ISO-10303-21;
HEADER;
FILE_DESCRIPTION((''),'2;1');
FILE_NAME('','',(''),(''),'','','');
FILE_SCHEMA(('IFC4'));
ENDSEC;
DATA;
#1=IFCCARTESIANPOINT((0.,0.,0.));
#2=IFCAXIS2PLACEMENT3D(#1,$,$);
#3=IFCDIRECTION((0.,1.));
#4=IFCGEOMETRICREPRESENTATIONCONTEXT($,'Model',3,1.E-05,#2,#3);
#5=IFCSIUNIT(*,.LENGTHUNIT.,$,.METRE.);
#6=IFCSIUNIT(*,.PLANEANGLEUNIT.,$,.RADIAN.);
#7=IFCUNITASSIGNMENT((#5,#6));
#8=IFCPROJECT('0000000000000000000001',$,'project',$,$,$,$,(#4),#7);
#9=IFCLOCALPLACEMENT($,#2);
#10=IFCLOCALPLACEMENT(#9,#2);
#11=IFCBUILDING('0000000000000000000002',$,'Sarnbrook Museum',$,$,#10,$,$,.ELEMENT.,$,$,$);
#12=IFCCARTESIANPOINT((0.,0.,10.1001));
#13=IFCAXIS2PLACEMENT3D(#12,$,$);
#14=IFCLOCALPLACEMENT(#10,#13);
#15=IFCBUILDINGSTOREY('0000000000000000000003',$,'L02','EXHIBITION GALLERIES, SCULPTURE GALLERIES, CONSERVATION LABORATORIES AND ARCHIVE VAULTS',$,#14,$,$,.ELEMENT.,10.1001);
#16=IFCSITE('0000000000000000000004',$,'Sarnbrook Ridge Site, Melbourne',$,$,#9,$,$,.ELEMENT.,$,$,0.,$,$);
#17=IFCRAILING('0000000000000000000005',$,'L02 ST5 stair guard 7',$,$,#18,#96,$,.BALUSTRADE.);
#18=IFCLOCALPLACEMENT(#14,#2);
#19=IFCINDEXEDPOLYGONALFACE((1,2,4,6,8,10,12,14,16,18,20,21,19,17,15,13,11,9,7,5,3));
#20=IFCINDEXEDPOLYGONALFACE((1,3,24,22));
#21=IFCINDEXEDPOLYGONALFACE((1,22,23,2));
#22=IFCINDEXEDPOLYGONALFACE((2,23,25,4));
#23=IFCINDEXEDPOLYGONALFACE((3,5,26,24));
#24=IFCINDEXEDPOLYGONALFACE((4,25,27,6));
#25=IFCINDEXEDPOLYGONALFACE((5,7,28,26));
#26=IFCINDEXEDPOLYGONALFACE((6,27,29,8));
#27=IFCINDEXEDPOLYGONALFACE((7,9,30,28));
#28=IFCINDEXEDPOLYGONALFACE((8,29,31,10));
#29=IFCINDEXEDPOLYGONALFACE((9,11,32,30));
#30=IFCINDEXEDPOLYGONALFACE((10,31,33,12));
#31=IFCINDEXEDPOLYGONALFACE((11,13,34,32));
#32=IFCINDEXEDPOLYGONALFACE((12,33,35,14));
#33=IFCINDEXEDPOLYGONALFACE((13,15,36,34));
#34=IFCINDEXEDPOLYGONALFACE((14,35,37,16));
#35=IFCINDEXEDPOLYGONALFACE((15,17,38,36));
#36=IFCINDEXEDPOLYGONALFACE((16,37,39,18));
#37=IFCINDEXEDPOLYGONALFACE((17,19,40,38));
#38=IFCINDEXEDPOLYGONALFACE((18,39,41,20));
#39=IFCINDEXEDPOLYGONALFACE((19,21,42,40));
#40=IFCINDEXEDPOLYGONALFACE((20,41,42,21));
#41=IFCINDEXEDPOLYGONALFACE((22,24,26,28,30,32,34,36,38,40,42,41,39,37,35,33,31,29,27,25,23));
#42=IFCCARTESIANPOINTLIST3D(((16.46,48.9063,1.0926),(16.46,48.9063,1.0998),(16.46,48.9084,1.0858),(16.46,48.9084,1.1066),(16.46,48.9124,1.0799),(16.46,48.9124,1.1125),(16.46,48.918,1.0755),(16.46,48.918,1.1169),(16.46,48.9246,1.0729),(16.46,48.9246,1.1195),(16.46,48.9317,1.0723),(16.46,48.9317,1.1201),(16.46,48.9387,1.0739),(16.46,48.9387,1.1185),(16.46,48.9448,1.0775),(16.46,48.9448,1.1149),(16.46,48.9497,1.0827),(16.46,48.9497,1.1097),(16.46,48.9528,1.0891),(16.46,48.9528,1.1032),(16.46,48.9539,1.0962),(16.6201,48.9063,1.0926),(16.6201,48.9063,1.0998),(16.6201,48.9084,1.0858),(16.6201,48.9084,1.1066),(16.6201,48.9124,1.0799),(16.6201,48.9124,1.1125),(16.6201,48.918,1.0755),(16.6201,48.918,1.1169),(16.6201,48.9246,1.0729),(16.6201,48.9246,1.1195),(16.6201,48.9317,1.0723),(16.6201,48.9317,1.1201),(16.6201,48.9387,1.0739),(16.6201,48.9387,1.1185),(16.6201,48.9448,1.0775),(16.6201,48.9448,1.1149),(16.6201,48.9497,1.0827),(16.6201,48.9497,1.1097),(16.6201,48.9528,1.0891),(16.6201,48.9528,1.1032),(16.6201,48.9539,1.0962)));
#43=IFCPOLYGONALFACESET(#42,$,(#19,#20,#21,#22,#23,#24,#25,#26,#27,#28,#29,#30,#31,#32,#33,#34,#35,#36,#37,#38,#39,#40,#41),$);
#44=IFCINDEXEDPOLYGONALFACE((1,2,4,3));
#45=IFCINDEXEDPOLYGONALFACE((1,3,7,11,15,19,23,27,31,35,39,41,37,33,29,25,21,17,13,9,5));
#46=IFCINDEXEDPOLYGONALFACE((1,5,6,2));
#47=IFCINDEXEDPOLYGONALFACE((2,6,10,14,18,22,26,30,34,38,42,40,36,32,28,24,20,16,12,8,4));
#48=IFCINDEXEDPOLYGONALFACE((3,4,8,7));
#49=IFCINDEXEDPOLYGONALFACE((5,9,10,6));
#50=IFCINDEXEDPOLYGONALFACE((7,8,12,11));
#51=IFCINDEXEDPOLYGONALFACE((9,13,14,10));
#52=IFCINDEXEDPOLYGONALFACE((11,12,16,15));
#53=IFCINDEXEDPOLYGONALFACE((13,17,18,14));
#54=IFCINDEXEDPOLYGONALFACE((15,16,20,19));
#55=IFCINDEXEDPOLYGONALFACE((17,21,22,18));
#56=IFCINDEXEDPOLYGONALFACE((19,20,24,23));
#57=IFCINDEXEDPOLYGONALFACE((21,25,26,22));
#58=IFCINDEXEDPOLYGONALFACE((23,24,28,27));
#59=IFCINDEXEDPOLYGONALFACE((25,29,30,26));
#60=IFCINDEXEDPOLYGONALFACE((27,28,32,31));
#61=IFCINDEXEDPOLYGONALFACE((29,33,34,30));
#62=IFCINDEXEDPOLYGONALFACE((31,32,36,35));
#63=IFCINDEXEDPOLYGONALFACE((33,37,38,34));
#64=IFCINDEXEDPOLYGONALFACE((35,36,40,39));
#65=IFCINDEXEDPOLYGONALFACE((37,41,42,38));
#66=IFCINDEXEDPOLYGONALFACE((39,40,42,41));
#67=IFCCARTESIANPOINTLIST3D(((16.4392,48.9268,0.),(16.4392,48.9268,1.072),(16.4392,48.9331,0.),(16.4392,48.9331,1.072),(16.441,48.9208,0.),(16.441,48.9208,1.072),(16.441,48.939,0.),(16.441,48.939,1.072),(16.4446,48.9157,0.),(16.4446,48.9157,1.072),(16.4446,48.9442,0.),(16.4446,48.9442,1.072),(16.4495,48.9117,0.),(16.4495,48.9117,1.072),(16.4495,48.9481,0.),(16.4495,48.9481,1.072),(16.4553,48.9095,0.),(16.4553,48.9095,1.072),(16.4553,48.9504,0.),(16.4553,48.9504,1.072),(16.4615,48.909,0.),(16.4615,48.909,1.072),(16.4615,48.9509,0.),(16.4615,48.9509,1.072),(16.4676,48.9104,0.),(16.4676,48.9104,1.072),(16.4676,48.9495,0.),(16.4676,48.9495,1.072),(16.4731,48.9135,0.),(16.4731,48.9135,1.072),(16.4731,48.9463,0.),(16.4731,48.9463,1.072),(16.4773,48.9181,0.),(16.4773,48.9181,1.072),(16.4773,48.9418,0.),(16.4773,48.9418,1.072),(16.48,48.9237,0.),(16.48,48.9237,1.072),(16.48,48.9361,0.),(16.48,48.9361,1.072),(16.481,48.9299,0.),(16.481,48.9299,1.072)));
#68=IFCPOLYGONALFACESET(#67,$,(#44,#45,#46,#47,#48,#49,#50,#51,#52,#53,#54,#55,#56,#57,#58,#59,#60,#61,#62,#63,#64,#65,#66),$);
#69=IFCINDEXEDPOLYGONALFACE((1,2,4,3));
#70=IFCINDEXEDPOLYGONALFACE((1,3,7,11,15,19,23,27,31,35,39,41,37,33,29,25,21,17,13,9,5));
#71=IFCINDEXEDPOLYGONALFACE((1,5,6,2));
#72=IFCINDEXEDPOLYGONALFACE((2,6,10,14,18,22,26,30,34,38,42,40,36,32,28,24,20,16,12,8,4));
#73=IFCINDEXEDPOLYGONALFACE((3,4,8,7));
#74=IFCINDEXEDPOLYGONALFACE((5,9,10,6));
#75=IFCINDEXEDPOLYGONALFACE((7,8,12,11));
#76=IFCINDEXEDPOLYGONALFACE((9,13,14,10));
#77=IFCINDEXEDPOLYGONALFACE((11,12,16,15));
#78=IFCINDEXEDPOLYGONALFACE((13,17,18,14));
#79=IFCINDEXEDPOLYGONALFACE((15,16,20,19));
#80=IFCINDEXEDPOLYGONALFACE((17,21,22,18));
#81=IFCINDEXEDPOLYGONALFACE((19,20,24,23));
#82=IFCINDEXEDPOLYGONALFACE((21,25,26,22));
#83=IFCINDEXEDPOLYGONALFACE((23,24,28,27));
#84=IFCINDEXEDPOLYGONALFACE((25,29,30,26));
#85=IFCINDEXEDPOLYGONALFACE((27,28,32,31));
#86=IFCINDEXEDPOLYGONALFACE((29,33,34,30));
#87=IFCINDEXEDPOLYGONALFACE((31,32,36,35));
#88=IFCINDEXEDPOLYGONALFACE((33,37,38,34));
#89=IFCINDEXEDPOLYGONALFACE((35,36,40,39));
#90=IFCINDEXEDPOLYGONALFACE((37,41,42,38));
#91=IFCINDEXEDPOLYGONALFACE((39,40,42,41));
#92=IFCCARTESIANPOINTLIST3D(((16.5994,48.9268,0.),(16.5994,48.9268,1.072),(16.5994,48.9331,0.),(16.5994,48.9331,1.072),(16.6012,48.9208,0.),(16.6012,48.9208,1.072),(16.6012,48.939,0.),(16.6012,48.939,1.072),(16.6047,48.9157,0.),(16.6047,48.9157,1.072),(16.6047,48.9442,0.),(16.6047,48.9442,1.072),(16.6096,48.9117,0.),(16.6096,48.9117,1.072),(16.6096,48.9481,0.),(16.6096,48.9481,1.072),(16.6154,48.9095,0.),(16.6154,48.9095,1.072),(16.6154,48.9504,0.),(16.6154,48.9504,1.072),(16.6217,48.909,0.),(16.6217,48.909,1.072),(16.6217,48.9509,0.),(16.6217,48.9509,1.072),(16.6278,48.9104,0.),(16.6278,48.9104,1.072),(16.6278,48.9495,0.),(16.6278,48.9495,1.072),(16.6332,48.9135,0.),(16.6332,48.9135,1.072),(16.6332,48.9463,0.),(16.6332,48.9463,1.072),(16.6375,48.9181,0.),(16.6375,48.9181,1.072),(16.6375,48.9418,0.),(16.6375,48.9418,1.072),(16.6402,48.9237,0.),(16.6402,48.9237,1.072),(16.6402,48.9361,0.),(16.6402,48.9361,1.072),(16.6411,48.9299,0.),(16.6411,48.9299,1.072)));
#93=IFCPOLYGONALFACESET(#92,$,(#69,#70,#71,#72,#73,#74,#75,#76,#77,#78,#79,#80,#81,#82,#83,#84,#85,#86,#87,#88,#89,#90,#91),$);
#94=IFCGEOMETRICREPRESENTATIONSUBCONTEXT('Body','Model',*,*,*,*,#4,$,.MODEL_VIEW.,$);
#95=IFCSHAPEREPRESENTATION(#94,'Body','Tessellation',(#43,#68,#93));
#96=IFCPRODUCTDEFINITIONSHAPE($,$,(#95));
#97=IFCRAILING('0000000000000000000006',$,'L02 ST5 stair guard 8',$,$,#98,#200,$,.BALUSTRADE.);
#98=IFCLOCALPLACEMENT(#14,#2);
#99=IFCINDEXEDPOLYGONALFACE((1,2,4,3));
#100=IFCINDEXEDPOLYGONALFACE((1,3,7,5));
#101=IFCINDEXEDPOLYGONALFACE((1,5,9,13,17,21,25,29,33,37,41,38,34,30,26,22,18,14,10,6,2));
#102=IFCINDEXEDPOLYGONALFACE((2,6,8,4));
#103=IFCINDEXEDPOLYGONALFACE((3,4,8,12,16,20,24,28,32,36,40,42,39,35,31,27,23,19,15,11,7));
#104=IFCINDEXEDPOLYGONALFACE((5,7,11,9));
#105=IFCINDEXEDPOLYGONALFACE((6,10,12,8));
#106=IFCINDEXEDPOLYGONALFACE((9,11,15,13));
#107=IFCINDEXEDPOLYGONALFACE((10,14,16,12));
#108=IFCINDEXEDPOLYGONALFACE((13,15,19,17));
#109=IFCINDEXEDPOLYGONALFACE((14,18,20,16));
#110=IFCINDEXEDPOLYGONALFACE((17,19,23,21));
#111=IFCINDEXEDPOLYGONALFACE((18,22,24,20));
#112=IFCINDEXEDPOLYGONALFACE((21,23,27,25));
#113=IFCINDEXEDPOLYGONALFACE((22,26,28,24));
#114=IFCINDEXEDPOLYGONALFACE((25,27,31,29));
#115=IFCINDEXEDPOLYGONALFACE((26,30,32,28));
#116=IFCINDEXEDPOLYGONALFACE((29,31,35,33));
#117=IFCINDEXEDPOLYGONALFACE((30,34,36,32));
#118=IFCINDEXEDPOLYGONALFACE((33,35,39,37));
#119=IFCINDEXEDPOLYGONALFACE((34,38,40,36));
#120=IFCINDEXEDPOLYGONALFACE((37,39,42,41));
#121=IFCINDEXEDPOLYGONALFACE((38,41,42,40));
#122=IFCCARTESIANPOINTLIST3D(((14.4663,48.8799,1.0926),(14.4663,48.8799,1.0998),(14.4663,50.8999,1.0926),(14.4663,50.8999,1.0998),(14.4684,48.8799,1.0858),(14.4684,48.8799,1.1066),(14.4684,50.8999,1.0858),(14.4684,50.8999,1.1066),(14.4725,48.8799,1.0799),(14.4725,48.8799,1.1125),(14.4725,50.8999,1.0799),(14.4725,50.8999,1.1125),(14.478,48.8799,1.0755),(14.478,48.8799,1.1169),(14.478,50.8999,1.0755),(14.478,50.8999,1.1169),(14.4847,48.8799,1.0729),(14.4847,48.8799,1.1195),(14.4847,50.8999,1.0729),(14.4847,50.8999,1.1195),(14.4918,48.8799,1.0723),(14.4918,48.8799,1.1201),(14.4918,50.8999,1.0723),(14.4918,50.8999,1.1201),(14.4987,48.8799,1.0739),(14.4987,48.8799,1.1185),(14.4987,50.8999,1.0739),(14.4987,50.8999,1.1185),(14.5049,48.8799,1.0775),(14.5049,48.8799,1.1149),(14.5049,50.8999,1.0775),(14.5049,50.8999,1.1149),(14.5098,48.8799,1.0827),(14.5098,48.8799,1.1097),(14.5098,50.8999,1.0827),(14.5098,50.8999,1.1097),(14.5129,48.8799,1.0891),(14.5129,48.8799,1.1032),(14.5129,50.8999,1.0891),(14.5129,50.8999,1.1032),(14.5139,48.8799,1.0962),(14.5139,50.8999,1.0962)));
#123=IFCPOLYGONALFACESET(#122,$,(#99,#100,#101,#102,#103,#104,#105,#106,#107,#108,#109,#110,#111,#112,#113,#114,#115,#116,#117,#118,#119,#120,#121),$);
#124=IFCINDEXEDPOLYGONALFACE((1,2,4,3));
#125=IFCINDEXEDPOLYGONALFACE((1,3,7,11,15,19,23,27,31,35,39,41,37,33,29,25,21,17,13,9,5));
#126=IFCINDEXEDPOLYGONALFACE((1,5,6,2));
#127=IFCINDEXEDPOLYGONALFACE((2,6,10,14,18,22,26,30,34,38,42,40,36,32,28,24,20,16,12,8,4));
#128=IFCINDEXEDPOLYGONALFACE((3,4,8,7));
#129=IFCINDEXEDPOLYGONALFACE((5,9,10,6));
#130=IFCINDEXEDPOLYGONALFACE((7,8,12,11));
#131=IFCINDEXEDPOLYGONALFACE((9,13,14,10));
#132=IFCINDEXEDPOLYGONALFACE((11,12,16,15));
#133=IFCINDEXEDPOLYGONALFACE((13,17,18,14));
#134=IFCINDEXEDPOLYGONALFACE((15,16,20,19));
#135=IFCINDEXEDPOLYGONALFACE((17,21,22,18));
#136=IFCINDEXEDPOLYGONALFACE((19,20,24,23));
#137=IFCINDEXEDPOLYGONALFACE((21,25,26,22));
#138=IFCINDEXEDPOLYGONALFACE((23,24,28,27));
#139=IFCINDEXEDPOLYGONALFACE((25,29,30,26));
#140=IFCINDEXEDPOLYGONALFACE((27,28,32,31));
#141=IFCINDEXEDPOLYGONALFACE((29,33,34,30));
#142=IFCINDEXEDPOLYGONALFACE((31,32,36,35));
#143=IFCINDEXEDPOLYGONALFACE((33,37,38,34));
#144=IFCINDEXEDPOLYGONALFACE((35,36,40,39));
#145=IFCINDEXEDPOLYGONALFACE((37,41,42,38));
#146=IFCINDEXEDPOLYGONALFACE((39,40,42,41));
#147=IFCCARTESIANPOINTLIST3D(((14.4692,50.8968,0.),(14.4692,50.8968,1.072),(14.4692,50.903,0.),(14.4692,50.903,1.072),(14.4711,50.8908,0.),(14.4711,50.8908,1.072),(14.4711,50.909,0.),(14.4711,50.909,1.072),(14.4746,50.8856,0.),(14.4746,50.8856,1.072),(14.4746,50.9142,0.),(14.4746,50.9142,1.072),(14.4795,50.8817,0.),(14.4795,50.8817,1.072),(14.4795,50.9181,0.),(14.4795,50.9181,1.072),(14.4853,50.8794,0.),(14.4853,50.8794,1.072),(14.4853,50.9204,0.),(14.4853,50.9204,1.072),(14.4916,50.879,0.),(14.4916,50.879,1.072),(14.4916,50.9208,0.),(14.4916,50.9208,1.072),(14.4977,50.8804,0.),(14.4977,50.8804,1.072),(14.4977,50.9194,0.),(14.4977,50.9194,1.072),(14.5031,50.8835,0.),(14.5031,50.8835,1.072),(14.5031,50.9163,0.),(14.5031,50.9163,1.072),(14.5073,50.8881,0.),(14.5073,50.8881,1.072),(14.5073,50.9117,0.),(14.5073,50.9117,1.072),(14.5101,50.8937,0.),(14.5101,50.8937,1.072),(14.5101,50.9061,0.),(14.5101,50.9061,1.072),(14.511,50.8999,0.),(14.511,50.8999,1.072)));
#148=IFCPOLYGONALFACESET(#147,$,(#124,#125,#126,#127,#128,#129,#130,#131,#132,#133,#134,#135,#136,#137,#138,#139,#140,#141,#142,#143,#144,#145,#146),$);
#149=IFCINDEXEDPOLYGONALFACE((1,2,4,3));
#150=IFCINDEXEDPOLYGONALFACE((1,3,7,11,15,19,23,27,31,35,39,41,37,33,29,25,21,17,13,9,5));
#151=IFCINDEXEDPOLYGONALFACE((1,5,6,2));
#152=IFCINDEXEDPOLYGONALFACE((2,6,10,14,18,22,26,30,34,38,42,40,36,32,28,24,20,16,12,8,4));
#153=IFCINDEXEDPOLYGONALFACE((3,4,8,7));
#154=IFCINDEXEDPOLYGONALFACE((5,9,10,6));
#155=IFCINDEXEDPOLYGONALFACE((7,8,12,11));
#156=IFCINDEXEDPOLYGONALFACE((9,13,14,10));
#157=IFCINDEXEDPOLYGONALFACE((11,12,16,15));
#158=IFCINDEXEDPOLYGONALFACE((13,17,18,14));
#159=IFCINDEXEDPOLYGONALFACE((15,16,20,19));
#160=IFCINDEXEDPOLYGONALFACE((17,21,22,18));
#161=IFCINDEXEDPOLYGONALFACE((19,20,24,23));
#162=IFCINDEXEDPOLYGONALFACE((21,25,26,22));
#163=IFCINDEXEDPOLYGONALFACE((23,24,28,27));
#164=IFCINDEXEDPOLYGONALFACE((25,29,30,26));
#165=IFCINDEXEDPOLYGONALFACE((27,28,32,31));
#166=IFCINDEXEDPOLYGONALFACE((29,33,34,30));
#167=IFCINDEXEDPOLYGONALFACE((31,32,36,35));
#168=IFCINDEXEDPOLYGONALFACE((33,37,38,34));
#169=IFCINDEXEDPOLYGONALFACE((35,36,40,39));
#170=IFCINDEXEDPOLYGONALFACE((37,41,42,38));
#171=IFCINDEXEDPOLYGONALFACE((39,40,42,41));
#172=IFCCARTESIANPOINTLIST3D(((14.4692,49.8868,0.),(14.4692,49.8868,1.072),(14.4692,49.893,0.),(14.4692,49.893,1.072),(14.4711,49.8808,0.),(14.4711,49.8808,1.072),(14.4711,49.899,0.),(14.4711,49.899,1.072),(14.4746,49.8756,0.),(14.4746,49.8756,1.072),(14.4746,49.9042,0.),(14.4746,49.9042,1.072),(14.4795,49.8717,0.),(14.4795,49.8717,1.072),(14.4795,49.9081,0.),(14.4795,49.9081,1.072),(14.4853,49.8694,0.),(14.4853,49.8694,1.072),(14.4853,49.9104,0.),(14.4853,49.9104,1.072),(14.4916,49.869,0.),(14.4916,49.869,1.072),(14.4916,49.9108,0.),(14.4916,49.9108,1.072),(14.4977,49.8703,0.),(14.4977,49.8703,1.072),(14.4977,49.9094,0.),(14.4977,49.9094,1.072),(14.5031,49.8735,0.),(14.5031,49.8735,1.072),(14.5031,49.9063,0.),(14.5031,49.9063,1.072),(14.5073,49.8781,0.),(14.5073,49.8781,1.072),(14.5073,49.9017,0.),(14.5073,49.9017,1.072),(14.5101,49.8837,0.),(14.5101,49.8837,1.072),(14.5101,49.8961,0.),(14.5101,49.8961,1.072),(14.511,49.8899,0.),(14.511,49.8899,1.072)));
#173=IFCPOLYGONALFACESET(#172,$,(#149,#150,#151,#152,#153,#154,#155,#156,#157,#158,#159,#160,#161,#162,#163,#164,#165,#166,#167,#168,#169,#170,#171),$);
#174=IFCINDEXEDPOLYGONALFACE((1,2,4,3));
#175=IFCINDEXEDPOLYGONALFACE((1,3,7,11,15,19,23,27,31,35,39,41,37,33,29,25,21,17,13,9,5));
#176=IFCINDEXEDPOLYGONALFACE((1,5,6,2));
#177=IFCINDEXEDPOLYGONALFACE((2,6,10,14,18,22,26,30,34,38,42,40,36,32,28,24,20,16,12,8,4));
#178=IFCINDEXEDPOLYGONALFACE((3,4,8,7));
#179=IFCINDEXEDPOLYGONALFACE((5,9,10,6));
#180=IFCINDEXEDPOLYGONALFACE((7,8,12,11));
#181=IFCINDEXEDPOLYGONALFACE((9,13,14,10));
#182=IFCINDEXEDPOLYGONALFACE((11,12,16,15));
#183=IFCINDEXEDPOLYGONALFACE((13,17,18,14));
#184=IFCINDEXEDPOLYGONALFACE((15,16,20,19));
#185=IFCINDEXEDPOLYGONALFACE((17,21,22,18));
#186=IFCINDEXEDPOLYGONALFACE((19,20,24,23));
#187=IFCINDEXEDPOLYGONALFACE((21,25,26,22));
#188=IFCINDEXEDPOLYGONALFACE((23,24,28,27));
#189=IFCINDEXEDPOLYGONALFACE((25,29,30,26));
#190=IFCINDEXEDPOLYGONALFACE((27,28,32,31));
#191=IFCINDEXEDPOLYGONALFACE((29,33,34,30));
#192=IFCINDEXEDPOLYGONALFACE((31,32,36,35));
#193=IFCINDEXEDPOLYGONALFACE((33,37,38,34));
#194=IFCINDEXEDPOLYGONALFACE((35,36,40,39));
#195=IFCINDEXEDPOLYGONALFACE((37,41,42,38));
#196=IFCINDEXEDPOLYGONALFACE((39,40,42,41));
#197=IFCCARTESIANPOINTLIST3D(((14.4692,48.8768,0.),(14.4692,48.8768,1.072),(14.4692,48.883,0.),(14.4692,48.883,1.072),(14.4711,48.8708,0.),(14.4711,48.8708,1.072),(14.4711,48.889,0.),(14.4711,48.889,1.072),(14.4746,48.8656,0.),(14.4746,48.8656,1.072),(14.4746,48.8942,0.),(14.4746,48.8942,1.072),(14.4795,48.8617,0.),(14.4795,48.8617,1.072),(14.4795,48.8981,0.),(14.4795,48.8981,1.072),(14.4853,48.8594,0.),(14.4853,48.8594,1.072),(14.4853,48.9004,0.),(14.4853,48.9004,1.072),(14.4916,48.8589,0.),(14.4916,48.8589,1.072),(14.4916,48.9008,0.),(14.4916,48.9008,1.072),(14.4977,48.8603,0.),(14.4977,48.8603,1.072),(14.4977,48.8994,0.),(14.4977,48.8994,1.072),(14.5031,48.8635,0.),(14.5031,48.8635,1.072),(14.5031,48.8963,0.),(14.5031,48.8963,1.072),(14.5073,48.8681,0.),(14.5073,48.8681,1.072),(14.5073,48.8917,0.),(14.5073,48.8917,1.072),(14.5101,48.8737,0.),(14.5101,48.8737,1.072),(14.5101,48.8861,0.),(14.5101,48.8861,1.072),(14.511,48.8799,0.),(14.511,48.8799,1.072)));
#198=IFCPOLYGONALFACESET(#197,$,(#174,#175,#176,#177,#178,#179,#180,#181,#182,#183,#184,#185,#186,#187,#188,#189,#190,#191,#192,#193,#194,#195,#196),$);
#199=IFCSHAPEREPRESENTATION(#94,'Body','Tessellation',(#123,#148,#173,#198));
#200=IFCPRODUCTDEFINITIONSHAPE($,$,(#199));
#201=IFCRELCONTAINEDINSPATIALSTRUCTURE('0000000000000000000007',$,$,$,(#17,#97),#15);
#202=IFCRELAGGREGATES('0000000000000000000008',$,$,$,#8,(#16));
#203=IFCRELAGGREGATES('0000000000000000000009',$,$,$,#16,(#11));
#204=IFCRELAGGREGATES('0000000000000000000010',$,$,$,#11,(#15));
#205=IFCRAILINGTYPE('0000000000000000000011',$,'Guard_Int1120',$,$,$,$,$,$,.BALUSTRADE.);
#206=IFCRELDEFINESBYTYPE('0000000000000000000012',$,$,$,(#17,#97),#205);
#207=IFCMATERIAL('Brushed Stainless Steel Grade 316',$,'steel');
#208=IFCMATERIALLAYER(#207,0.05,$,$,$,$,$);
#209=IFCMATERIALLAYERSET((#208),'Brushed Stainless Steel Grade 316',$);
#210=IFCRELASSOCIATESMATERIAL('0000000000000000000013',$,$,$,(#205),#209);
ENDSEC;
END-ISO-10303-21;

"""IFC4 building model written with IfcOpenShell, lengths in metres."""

from ifc_helpers import new_model, si_unit, direction, frame, origin, origin_2d, place, context, subcontext, project, spatial, circle, extrude, material, layer, layer_set, type_object, element, save


model = new_model("IFC4")

# Units and contexts
model_context = context("Model", 3, precision=1e-05, world=origin(), true_north=direction((0.0, 1.0)))
body_context = subcontext(model_context, "Body", "Model", "MODEL_VIEW")
ifc_project = project(units=[si_unit("LENGTHUNIT", "METRE"), si_unit("PLANEANGLEUNIT", "RADIAN")], contexts=[model_context])

# Site, building, storey
site_placement = place(None, origin())
site = spatial("IfcSite", under=ifc_project, at=site_placement, Name="Sarnbrook Ridge Site, Melbourne", CompositionType="ELEMENT", RefElevation=0.0)
building_placement = place(site_placement, origin())
building = spatial("IfcBuilding", under=site, at=building_placement, Name="Sarnbrook Museum", CompositionType="ELEMENT")
storey_placement = place(building_placement, frame((0.0, 0.0, 10.1001)))
storey = spatial("IfcBuildingStorey", under=building, at=storey_placement, Name="L02", Description="EXHIBITION GALLERIES, SCULPTURE GALLERIES, CONSERVATION LABORATORIES AND ARCHIVE VAULTS", CompositionType="ELEMENT", Elevation=10.1001)

# Shared definitions
ifc_material_1 = material(Name="Brushed Stainless Steel Grade 316", Category="steel")

# Railings
ifc_layer_1 = layer(ifc_material_1, 0.05)
ifc_layer_set_1 = layer_set([ifc_layer_1], Name="Brushed Stainless Steel Grade 316")
railing_type_1 = type_object("IfcRailingType", Name="Guard_Int1120", PredefinedType="BALUSTRADE", material=ifc_layer_set_1)
railing_1_placement = place(storey_placement, frame((16.46, 48.9299, 0.0)))
element("IfcRailing", 1, at=railing_1_placement, inside=storey, type_object=railing_type_1, Name="L02 ST5 stair guard 7", PredefinedType="BALUSTRADE", context=body_context, shape_type="SweptSolid", body=[
    extrude(circle(Radius=0.0239, at=origin_2d()), frame((0.0, 0.0, 1.0962), z_axis=(1.0, 0.0, 0.0), x_axis=(0.0, 1.0, 0.0)), (0.0, 0.0, 1.0), 0.1602),
    extrude(circle(Radius=0.021, at=origin_2d()), origin(), (0.0, 0.0, 1.0), 1.072),
    extrude(circle(Radius=0.021, at=origin_2d()), frame((0.1602, 0.0, 0.0)), (0.0, 0.0, 1.0), 1.072),
])
for number, where, name in (
    (2, (14.49, 50.8999, 0.0), "L02 ST5 stair guard 8"),
):
    element("IfcRailing", number, at=place(storey_placement, frame(where)), inside=storey, type_object=railing_type_1, Name=name, PredefinedType="BALUSTRADE", context=body_context, shape_type="SweptSolid", body=[
        extrude(circle(Radius=0.0239, at=origin_2d()), frame((0.0, 0.0, 1.0962), z_axis=(0.0, -1.0, 0.0), x_axis=(1.0, 0.0, 0.0)), (0.0, 0.0, 1.0), 2.02),
        extrude(circle(Radius=0.021, at=origin_2d()), origin(), (0.0, 0.0, 1.0), 1.072),
        extrude(circle(Radius=0.021, at=origin_2d()), frame((0.0, -1.01, 0.0)), (0.0, 0.0, 1.0), 1.072),
        extrude(circle(Radius=0.021, at=origin_2d()), frame((0.0, -2.02, 0.0)), (0.0, 0.0, 1.0), 1.072),
    ])

save(model, "model.ifc")
